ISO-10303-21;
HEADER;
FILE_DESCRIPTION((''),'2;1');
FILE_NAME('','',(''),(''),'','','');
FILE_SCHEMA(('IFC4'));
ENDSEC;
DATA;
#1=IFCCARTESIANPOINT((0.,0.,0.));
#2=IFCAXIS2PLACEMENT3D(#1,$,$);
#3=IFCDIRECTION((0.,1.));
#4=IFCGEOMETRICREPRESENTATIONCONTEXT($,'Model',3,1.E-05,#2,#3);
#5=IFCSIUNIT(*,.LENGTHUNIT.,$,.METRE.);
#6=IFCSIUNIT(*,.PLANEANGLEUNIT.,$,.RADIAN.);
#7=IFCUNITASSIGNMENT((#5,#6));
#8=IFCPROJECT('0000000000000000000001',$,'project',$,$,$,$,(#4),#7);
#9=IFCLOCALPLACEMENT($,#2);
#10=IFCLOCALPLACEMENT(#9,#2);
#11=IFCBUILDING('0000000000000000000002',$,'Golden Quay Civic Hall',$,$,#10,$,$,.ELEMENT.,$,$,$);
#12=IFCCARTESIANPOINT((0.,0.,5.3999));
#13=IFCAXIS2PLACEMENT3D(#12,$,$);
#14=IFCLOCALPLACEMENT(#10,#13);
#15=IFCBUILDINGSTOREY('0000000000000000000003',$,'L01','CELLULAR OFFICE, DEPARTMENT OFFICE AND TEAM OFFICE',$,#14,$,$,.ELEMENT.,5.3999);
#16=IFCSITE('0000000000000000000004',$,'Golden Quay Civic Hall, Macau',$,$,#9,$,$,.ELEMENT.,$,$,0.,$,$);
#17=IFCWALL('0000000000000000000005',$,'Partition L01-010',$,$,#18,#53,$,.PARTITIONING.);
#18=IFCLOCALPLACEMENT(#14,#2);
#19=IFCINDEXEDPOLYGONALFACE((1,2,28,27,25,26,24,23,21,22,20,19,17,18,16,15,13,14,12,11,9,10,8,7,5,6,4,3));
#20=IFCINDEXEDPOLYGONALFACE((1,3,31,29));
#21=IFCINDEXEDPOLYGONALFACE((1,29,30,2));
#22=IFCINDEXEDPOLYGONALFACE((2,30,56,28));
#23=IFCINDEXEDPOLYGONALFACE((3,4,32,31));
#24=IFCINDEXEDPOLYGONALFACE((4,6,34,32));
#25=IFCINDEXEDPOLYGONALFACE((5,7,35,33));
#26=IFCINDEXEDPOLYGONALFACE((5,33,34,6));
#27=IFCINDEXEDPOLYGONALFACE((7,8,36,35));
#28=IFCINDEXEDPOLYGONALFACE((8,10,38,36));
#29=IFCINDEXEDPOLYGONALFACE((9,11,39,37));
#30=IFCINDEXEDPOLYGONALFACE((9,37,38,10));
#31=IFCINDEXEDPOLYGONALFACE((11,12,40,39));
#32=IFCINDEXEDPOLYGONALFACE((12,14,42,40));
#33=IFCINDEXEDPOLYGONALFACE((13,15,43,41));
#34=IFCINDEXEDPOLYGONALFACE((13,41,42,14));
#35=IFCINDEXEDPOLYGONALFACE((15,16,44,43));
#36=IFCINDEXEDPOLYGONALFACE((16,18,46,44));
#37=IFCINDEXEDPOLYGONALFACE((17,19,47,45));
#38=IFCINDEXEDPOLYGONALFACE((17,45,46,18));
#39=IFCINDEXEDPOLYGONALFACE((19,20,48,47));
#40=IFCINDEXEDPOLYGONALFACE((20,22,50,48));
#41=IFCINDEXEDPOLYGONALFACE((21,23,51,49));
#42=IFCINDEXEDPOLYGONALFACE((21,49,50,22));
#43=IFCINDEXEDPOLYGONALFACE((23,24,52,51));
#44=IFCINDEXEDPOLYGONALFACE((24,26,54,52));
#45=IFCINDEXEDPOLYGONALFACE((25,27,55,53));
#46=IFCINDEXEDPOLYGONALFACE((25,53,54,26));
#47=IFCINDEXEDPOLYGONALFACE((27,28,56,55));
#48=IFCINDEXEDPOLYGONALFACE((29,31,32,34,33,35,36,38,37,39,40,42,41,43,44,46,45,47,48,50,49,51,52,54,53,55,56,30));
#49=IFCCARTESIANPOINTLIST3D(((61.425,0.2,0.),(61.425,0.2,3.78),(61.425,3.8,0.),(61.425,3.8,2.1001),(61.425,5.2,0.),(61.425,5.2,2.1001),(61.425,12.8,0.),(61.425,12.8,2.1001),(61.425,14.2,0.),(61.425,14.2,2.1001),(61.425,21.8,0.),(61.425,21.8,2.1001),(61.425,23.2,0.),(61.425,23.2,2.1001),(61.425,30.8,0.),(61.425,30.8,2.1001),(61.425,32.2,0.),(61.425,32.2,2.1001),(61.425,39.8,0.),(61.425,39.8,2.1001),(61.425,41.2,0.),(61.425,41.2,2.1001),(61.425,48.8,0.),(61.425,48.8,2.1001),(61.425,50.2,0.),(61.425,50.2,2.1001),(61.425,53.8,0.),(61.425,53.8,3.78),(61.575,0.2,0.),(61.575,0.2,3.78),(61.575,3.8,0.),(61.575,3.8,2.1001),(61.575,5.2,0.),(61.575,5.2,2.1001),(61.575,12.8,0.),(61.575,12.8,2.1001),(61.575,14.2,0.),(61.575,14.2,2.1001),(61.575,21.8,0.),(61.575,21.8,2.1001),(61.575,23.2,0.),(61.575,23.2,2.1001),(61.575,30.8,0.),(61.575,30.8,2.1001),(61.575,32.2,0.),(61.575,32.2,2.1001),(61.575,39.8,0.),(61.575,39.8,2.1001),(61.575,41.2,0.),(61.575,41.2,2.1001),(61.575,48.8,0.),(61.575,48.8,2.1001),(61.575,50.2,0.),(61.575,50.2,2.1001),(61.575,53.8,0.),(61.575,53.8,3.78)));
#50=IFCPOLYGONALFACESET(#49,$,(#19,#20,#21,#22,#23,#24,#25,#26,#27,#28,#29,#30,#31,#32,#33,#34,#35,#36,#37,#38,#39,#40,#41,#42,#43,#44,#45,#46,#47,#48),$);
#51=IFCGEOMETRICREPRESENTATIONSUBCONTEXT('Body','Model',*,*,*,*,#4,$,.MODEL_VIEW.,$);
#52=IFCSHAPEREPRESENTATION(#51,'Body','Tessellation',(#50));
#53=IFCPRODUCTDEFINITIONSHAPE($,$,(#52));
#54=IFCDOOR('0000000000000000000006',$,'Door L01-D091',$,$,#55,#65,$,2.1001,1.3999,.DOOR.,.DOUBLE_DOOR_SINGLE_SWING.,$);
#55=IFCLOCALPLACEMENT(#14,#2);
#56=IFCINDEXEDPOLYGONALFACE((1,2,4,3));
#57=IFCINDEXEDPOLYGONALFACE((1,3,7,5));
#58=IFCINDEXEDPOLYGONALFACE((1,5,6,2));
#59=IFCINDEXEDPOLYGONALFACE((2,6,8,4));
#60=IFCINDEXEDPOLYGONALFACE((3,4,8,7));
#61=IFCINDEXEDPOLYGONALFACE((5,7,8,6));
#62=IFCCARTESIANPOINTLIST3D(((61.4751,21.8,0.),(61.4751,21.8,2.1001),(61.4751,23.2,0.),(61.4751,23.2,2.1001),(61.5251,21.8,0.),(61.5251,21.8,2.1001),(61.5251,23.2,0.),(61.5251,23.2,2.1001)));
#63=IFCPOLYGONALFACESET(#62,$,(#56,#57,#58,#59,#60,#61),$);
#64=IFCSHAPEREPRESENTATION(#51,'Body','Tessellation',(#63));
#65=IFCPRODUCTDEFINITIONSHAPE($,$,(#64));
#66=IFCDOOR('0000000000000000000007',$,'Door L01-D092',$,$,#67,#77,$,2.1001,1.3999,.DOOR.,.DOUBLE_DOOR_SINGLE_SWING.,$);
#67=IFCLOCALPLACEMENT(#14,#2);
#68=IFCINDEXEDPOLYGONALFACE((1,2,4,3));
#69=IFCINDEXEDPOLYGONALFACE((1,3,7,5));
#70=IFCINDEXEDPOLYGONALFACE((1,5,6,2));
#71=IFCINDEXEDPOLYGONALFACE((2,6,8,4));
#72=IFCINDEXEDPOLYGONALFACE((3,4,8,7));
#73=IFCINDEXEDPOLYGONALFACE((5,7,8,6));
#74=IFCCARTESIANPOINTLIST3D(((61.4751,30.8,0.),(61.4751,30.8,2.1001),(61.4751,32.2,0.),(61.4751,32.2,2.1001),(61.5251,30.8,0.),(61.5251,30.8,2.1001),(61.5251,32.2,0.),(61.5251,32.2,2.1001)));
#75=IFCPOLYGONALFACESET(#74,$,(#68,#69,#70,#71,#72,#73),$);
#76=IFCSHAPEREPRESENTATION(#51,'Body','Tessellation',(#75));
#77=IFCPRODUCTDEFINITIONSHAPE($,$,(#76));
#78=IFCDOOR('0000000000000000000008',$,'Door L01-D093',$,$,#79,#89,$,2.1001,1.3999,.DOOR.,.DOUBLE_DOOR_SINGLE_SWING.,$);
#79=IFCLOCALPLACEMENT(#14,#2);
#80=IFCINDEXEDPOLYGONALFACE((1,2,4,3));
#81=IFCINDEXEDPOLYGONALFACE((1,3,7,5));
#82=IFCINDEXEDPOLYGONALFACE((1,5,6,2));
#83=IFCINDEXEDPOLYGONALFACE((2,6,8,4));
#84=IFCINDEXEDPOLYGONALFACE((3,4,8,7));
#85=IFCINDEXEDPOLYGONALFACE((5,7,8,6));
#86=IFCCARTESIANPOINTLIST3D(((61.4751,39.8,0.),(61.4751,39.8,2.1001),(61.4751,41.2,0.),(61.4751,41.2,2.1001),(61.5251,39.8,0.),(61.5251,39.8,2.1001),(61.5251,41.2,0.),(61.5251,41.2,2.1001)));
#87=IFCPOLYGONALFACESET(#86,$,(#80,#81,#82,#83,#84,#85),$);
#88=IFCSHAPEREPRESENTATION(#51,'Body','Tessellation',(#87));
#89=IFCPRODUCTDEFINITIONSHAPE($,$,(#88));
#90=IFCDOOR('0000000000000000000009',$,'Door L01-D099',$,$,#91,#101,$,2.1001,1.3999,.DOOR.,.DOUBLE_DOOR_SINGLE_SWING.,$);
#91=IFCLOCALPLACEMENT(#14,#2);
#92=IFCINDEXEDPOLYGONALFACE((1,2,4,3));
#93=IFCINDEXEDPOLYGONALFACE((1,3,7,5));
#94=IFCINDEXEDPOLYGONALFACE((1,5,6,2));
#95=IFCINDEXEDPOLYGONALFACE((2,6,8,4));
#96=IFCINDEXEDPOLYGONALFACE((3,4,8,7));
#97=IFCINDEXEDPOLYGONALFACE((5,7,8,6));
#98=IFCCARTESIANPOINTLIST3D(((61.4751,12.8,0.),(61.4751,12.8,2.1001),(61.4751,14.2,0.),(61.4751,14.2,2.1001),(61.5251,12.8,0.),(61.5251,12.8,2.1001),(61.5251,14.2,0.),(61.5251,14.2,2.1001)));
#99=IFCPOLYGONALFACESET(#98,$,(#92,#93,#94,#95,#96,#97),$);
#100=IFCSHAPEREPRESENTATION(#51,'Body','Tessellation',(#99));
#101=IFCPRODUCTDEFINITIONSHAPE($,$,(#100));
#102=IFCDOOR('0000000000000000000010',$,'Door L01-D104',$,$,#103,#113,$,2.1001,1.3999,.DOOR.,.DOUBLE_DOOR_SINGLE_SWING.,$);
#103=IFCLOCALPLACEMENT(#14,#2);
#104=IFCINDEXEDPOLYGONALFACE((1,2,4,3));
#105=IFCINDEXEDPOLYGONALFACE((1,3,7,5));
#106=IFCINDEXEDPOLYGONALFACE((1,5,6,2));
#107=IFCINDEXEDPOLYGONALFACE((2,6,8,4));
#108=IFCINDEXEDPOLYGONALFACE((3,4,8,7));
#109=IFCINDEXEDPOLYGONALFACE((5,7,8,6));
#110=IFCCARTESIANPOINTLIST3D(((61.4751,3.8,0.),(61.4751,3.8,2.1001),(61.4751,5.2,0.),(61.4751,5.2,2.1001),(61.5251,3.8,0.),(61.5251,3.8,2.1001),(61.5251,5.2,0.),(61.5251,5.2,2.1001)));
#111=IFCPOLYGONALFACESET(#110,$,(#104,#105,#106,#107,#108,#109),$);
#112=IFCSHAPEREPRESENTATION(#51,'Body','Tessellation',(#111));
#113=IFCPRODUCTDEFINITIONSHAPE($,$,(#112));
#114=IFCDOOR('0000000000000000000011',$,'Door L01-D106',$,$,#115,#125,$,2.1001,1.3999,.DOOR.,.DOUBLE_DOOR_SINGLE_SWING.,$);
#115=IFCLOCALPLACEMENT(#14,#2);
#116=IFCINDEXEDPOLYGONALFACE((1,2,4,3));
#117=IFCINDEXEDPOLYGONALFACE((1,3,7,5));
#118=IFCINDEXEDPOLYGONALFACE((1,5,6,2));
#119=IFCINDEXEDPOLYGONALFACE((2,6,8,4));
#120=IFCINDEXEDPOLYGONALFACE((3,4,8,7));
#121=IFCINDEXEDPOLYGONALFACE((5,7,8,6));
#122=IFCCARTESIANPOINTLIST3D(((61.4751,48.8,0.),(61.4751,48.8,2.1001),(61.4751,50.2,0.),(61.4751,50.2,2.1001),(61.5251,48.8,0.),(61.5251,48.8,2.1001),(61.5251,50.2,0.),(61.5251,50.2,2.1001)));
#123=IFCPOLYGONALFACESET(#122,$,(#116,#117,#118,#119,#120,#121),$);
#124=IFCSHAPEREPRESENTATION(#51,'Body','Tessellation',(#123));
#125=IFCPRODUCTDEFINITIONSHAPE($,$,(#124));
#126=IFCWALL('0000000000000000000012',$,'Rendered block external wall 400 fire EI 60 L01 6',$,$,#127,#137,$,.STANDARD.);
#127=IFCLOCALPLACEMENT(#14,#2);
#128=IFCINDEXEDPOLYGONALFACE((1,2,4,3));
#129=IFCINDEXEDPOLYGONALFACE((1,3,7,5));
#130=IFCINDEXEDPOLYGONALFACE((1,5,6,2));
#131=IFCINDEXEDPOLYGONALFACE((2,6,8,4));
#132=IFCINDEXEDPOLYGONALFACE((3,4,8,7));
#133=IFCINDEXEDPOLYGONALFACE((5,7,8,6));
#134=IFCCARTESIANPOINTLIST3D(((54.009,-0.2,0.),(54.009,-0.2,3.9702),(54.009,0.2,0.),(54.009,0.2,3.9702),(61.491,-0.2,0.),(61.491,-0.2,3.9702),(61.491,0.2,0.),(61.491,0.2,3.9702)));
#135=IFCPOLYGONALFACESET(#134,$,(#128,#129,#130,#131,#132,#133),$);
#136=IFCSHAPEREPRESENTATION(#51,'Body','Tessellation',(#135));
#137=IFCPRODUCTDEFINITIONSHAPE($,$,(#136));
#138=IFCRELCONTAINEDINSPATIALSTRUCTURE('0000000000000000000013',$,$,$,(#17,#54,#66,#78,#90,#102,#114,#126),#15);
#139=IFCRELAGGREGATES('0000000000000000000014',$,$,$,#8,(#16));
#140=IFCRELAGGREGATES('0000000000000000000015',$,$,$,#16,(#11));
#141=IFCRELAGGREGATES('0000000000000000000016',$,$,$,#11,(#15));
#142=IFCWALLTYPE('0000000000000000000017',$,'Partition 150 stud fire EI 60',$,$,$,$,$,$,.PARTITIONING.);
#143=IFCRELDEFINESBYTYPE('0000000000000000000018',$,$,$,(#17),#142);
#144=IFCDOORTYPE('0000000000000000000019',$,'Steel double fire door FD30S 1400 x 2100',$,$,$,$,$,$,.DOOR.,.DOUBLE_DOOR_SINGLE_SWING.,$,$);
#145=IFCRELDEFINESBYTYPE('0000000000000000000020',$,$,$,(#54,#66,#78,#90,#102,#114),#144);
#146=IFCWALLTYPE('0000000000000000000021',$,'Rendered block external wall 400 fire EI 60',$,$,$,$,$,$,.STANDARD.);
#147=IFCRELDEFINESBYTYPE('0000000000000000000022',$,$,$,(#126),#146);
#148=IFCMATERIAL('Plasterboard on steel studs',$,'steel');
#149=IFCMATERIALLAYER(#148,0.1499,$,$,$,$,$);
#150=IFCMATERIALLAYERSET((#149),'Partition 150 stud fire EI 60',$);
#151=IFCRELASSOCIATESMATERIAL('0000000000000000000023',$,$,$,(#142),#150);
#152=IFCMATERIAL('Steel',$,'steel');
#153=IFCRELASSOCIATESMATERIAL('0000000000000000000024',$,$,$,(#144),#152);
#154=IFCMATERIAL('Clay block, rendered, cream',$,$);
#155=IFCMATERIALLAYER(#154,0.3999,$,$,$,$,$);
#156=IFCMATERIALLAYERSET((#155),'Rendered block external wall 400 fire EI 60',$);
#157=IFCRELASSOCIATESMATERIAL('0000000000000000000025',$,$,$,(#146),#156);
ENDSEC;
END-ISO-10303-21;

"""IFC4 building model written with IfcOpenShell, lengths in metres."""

from ifc_helpers import new_model, si_unit, direction, frame, frame_2d, origin, place, context, subcontext, project, spatial, rectangle, extrude, material, layer, layer_set, type_object, element, fill, save


model = new_model("IFC4")

# Units and contexts
model_context = context("Model", 3, precision=1e-05, world=origin(), true_north=direction((0.0, 1.0)))
body_context = subcontext(model_context, "Body", "Model", "MODEL_VIEW")
ifc_project = project(units=[si_unit("LENGTHUNIT", "METRE"), si_unit("PLANEANGLEUNIT", "RADIAN")], contexts=[model_context])

# Site, building, storey
site_placement = place(None, origin())
site = spatial("IfcSite", under=ifc_project, at=site_placement, Name="Golden Quay Civic Hall, Macau", CompositionType="ELEMENT", RefElevation=0.0)
building_placement = place(site_placement, origin())
building = spatial("IfcBuilding", under=site, at=building_placement, Name="Golden Quay Civic Hall", CompositionType="ELEMENT")
storey_placement = place(building_placement, frame((0.0, 0.0, 5.3999)))
storey = spatial("IfcBuildingStorey", under=building, at=storey_placement, Name="L01", Description="CELLULAR OFFICE, DEPARTMENT OFFICE AND TEAM OFFICE", CompositionType="ELEMENT", Elevation=5.3999)

# Wall, openings, doors
ifc_material_1 = material(Name="Plasterboard on steel studs", Category="steel")
ifc_layer_1 = layer(ifc_material_1, 0.1499)
ifc_layer_set_1 = layer_set([ifc_layer_1], Name="Partition 150 stud fire EI 60")
wall_type_1 = type_object("IfcWallType", Name="Partition 150 stud fire EI 60", PredefinedType="PARTITIONING", material=ifc_layer_set_1)
wall_1_placement = place(storey_placement, frame((61.5, 0.2, 0.0), z_axis=(0.0, 0.0, 1.0), x_axis=(0.0, 1.0, 0.0)))
wall_1 = element("IfcWall", 1, at=wall_1_placement, inside=storey, type_object=wall_type_1, Name="Partition L01-010", PredefinedType="PARTITIONING", context=body_context, shape_type="SweptSolid", body=[
    extrude(rectangle(XDim=53.6001, YDim=0.1499, at=frame_2d((26.8, 0.0))), origin(), (0.0, 0.0, 1.0), 3.78),
])
opening_1_placement = place(wall_1_placement, frame((21.6001, 0.0, 0.0)))
opening_1 = element("IfcOpeningElement", 2, at=opening_1_placement, cuts=wall_1, PredefinedType="OPENING", context=body_context, shape_type="SweptSolid", body=[
    extrude(rectangle(XDim=1.3999, YDim=2.1001, at=frame_2d((0.7, 1.05))), frame((0.0, 0.085, 0.0), z_axis=(0.0, -1.0, 0.0), x_axis=(1.0, 0.0, 0.0)), (0.0, 0.0, 1.0), 0.1699),
])
opening_2_placement = place(wall_1_placement, frame((30.6001, 0.0, 0.0)))
opening_2 = element("IfcOpeningElement", 3, at=opening_2_placement, cuts=wall_1, PredefinedType="OPENING", context=body_context, shape_type="SweptSolid", body=[
    extrude(rectangle(XDim=1.3999, YDim=2.1001, at=frame_2d((0.7, 1.05))), frame((0.0, 0.085, 0.0), z_axis=(0.0, -1.0, 0.0), x_axis=(1.0, 0.0, 0.0)), (0.0, 0.0, 1.0), 0.1699),
])
opening_3_placement = place(wall_1_placement, frame((39.6001, 0.0, 0.0)))
opening_3 = element("IfcOpeningElement", 4, at=opening_3_placement, cuts=wall_1, PredefinedType="OPENING", context=body_context, shape_type="SweptSolid", body=[
    extrude(rectangle(XDim=1.3999, YDim=2.1001, at=frame_2d((0.7, 1.05))), frame((0.0, 0.085, 0.0), z_axis=(0.0, -1.0, 0.0), x_axis=(1.0, 0.0, 0.0)), (0.0, 0.0, 1.0), 0.1699),
])
opening_4_placement = place(wall_1_placement, frame((12.6001, 0.0, 0.0)))
opening_4 = element("IfcOpeningElement", 5, at=opening_4_placement, cuts=wall_1, PredefinedType="OPENING", context=body_context, shape_type="SweptSolid", body=[
    extrude(rectangle(XDim=1.3999, YDim=2.1001, at=frame_2d((0.7, 1.05))), frame((0.0, 0.085, 0.0), z_axis=(0.0, -1.0, 0.0), x_axis=(1.0, 0.0, 0.0)), (0.0, 0.0, 1.0), 0.1699),
])
opening_5_placement = place(wall_1_placement, frame((3.6001, 0.0, 0.0)))
opening_5 = element("IfcOpeningElement", 6, at=opening_5_placement, cuts=wall_1, PredefinedType="OPENING", context=body_context, shape_type="SweptSolid", body=[
    extrude(rectangle(XDim=1.3999, YDim=2.1001, at=frame_2d((0.7, 1.05))), frame((0.0, 0.085, 0.0), z_axis=(0.0, -1.0, 0.0), x_axis=(1.0, 0.0, 0.0)), (0.0, 0.0, 1.0), 0.1699),
])
opening_6_placement = place(wall_1_placement, frame((48.6001, 0.0, 0.0)))
opening_6 = element("IfcOpeningElement", 7, at=opening_6_placement, cuts=wall_1, PredefinedType="OPENING", context=body_context, shape_type="SweptSolid", body=[
    extrude(rectangle(XDim=1.3999, YDim=2.1001, at=frame_2d((0.7, 1.05))), frame((0.0, 0.085, 0.0), z_axis=(0.0, -1.0, 0.0), x_axis=(1.0, 0.0, 0.0)), (0.0, 0.0, 1.0), 0.1699),
])
ifc_material_2 = material(Name="Steel", Category="steel")
door_type_1 = type_object("IfcDoorType", Name="Steel double fire door FD30S 1400 x 2100", OperationType="DOUBLE_DOOR_SINGLE_SWING", PredefinedType="DOOR", material=ifc_material_2)
door_1_placement = place(opening_1_placement, origin())
door_1 = element("IfcDoor", 8, at=door_1_placement, inside=storey, type_object=door_type_1, Name="Door L01-D091", OperationType="DOUBLE_DOOR_SINGLE_SWING", OverallHeight=2.1001, OverallWidth=1.3999, PredefinedType="DOOR", context=body_context, shape_type="SweptSolid", body=[
    extrude(rectangle(XDim=1.3999, YDim=2.1001, at=frame_2d((0.7, 1.05))), frame((0.0, 0.0249, 0.0), z_axis=(0.0, -1.0, 0.0), x_axis=(1.0, 0.0, 0.0)), (0.0, 0.0, 1.0), 0.05),
])
fill(opening_1, door_1)
door_2_placement = place(opening_2_placement, origin())
door_2 = element("IfcDoor", 9, at=door_2_placement, inside=storey, type_object=door_type_1, Name="Door L01-D092", OperationType="DOUBLE_DOOR_SINGLE_SWING", OverallHeight=2.1001, OverallWidth=1.3999, PredefinedType="DOOR", context=body_context, shape_type="SweptSolid", body=[
    extrude(rectangle(XDim=1.3999, YDim=2.1001, at=frame_2d((0.7, 1.05))), frame((0.0, 0.0249, 0.0), z_axis=(0.0, -1.0, 0.0), x_axis=(1.0, 0.0, 0.0)), (0.0, 0.0, 1.0), 0.05),
])
fill(opening_2, door_2)
door_3_placement = place(opening_3_placement, origin())
door_3 = element("IfcDoor", 10, at=door_3_placement, inside=storey, type_object=door_type_1, Name="Door L01-D093", OperationType="DOUBLE_DOOR_SINGLE_SWING", OverallHeight=2.1001, OverallWidth=1.3999, PredefinedType="DOOR", context=body_context, shape_type="SweptSolid", body=[
    extrude(rectangle(XDim=1.3999, YDim=2.1001, at=frame_2d((0.7, 1.05))), frame((0.0, 0.0249, 0.0), z_axis=(0.0, -1.0, 0.0), x_axis=(1.0, 0.0, 0.0)), (0.0, 0.0, 1.0), 0.05),
])
fill(opening_3, door_3)
door_4_placement = place(opening_4_placement, origin())
door_4 = element("IfcDoor", 11, at=door_4_placement, inside=storey, type_object=door_type_1, Name="Door L01-D099", OperationType="DOUBLE_DOOR_SINGLE_SWING", OverallHeight=2.1001, OverallWidth=1.3999, PredefinedType="DOOR", context=body_context, shape_type="SweptSolid", body=[
    extrude(rectangle(XDim=1.3999, YDim=2.1001, at=frame_2d((0.7, 1.05))), frame((0.0, 0.0249, 0.0), z_axis=(0.0, -1.0, 0.0), x_axis=(1.0, 0.0, 0.0)), (0.0, 0.0, 1.0), 0.05),
])
fill(opening_4, door_4)
door_5_placement = place(opening_5_placement, frame((1.3999, 0.0, 0.0), z_axis=(0.0, 0.0, 1.0), x_axis=(-1.0, 0.0, 0.0)))
door_5 = element("IfcDoor", 12, at=door_5_placement, inside=storey, type_object=door_type_1, Name="Door L01-D104", OperationType="DOUBLE_DOOR_SINGLE_SWING", OverallHeight=2.1001, OverallWidth=1.3999, PredefinedType="DOOR", context=body_context, shape_type="SweptSolid", body=[
    extrude(rectangle(XDim=1.3999, YDim=2.1001, at=frame_2d((0.7, 1.05))), frame((0.0, 0.0251, 0.0), z_axis=(0.0, -1.0, 0.0), x_axis=(1.0, 0.0, 0.0)), (0.0, 0.0, 1.0), 0.05),
])
fill(opening_5, door_5)
door_6_placement = place(opening_6_placement, frame((1.3999, 0.0, 0.0), z_axis=(0.0, 0.0, 1.0), x_axis=(-1.0, 0.0, 0.0)))
door_6 = element("IfcDoor", 13, at=door_6_placement, inside=storey, type_object=door_type_1, Name="Door L01-D106", OperationType="DOUBLE_DOOR_SINGLE_SWING", OverallHeight=2.1001, OverallWidth=1.3999, PredefinedType="DOOR", context=body_context, shape_type="SweptSolid", body=[
    extrude(rectangle(XDim=1.3999, YDim=2.1001, at=frame_2d((0.7, 1.05))), frame((0.0, 0.0251, 0.0), z_axis=(0.0, -1.0, 0.0), x_axis=(1.0, 0.0, 0.0)), (0.0, 0.0, 1.0), 0.05),
])
fill(opening_6, door_6)

# Wall
ifc_material_3 = material(Name="Clay block, rendered, cream")
ifc_layer_2 = layer(ifc_material_3, 0.3999)
ifc_layer_set_2 = layer_set([ifc_layer_2], Name="Rendered block external wall 400 fire EI 60")
wall_type_2 = type_object("IfcWallType", Name="Rendered block external wall 400 fire EI 60", PredefinedType="STANDARD", material=ifc_layer_set_2)
wall_2_placement = place(storey_placement, frame((61.491, 0.0, 0.0), z_axis=(0.0, 0.0, 1.0), x_axis=(-1.0, 0.0, 0.0)))
element("IfcWall", 14, at=wall_2_placement, inside=storey, type_object=wall_type_2, Name="Rendered block external wall 400 fire EI 60 L01 6", PredefinedType="STANDARD", context=body_context, shape_type="SweptSolid", body=[
    extrude(rectangle(XDim=7.4819, YDim=0.3999, at=frame_2d((3.741, 0.0))), origin(), (0.0, 0.0, 1.0), 3.9702),
])

save(model, "model.ifc")
